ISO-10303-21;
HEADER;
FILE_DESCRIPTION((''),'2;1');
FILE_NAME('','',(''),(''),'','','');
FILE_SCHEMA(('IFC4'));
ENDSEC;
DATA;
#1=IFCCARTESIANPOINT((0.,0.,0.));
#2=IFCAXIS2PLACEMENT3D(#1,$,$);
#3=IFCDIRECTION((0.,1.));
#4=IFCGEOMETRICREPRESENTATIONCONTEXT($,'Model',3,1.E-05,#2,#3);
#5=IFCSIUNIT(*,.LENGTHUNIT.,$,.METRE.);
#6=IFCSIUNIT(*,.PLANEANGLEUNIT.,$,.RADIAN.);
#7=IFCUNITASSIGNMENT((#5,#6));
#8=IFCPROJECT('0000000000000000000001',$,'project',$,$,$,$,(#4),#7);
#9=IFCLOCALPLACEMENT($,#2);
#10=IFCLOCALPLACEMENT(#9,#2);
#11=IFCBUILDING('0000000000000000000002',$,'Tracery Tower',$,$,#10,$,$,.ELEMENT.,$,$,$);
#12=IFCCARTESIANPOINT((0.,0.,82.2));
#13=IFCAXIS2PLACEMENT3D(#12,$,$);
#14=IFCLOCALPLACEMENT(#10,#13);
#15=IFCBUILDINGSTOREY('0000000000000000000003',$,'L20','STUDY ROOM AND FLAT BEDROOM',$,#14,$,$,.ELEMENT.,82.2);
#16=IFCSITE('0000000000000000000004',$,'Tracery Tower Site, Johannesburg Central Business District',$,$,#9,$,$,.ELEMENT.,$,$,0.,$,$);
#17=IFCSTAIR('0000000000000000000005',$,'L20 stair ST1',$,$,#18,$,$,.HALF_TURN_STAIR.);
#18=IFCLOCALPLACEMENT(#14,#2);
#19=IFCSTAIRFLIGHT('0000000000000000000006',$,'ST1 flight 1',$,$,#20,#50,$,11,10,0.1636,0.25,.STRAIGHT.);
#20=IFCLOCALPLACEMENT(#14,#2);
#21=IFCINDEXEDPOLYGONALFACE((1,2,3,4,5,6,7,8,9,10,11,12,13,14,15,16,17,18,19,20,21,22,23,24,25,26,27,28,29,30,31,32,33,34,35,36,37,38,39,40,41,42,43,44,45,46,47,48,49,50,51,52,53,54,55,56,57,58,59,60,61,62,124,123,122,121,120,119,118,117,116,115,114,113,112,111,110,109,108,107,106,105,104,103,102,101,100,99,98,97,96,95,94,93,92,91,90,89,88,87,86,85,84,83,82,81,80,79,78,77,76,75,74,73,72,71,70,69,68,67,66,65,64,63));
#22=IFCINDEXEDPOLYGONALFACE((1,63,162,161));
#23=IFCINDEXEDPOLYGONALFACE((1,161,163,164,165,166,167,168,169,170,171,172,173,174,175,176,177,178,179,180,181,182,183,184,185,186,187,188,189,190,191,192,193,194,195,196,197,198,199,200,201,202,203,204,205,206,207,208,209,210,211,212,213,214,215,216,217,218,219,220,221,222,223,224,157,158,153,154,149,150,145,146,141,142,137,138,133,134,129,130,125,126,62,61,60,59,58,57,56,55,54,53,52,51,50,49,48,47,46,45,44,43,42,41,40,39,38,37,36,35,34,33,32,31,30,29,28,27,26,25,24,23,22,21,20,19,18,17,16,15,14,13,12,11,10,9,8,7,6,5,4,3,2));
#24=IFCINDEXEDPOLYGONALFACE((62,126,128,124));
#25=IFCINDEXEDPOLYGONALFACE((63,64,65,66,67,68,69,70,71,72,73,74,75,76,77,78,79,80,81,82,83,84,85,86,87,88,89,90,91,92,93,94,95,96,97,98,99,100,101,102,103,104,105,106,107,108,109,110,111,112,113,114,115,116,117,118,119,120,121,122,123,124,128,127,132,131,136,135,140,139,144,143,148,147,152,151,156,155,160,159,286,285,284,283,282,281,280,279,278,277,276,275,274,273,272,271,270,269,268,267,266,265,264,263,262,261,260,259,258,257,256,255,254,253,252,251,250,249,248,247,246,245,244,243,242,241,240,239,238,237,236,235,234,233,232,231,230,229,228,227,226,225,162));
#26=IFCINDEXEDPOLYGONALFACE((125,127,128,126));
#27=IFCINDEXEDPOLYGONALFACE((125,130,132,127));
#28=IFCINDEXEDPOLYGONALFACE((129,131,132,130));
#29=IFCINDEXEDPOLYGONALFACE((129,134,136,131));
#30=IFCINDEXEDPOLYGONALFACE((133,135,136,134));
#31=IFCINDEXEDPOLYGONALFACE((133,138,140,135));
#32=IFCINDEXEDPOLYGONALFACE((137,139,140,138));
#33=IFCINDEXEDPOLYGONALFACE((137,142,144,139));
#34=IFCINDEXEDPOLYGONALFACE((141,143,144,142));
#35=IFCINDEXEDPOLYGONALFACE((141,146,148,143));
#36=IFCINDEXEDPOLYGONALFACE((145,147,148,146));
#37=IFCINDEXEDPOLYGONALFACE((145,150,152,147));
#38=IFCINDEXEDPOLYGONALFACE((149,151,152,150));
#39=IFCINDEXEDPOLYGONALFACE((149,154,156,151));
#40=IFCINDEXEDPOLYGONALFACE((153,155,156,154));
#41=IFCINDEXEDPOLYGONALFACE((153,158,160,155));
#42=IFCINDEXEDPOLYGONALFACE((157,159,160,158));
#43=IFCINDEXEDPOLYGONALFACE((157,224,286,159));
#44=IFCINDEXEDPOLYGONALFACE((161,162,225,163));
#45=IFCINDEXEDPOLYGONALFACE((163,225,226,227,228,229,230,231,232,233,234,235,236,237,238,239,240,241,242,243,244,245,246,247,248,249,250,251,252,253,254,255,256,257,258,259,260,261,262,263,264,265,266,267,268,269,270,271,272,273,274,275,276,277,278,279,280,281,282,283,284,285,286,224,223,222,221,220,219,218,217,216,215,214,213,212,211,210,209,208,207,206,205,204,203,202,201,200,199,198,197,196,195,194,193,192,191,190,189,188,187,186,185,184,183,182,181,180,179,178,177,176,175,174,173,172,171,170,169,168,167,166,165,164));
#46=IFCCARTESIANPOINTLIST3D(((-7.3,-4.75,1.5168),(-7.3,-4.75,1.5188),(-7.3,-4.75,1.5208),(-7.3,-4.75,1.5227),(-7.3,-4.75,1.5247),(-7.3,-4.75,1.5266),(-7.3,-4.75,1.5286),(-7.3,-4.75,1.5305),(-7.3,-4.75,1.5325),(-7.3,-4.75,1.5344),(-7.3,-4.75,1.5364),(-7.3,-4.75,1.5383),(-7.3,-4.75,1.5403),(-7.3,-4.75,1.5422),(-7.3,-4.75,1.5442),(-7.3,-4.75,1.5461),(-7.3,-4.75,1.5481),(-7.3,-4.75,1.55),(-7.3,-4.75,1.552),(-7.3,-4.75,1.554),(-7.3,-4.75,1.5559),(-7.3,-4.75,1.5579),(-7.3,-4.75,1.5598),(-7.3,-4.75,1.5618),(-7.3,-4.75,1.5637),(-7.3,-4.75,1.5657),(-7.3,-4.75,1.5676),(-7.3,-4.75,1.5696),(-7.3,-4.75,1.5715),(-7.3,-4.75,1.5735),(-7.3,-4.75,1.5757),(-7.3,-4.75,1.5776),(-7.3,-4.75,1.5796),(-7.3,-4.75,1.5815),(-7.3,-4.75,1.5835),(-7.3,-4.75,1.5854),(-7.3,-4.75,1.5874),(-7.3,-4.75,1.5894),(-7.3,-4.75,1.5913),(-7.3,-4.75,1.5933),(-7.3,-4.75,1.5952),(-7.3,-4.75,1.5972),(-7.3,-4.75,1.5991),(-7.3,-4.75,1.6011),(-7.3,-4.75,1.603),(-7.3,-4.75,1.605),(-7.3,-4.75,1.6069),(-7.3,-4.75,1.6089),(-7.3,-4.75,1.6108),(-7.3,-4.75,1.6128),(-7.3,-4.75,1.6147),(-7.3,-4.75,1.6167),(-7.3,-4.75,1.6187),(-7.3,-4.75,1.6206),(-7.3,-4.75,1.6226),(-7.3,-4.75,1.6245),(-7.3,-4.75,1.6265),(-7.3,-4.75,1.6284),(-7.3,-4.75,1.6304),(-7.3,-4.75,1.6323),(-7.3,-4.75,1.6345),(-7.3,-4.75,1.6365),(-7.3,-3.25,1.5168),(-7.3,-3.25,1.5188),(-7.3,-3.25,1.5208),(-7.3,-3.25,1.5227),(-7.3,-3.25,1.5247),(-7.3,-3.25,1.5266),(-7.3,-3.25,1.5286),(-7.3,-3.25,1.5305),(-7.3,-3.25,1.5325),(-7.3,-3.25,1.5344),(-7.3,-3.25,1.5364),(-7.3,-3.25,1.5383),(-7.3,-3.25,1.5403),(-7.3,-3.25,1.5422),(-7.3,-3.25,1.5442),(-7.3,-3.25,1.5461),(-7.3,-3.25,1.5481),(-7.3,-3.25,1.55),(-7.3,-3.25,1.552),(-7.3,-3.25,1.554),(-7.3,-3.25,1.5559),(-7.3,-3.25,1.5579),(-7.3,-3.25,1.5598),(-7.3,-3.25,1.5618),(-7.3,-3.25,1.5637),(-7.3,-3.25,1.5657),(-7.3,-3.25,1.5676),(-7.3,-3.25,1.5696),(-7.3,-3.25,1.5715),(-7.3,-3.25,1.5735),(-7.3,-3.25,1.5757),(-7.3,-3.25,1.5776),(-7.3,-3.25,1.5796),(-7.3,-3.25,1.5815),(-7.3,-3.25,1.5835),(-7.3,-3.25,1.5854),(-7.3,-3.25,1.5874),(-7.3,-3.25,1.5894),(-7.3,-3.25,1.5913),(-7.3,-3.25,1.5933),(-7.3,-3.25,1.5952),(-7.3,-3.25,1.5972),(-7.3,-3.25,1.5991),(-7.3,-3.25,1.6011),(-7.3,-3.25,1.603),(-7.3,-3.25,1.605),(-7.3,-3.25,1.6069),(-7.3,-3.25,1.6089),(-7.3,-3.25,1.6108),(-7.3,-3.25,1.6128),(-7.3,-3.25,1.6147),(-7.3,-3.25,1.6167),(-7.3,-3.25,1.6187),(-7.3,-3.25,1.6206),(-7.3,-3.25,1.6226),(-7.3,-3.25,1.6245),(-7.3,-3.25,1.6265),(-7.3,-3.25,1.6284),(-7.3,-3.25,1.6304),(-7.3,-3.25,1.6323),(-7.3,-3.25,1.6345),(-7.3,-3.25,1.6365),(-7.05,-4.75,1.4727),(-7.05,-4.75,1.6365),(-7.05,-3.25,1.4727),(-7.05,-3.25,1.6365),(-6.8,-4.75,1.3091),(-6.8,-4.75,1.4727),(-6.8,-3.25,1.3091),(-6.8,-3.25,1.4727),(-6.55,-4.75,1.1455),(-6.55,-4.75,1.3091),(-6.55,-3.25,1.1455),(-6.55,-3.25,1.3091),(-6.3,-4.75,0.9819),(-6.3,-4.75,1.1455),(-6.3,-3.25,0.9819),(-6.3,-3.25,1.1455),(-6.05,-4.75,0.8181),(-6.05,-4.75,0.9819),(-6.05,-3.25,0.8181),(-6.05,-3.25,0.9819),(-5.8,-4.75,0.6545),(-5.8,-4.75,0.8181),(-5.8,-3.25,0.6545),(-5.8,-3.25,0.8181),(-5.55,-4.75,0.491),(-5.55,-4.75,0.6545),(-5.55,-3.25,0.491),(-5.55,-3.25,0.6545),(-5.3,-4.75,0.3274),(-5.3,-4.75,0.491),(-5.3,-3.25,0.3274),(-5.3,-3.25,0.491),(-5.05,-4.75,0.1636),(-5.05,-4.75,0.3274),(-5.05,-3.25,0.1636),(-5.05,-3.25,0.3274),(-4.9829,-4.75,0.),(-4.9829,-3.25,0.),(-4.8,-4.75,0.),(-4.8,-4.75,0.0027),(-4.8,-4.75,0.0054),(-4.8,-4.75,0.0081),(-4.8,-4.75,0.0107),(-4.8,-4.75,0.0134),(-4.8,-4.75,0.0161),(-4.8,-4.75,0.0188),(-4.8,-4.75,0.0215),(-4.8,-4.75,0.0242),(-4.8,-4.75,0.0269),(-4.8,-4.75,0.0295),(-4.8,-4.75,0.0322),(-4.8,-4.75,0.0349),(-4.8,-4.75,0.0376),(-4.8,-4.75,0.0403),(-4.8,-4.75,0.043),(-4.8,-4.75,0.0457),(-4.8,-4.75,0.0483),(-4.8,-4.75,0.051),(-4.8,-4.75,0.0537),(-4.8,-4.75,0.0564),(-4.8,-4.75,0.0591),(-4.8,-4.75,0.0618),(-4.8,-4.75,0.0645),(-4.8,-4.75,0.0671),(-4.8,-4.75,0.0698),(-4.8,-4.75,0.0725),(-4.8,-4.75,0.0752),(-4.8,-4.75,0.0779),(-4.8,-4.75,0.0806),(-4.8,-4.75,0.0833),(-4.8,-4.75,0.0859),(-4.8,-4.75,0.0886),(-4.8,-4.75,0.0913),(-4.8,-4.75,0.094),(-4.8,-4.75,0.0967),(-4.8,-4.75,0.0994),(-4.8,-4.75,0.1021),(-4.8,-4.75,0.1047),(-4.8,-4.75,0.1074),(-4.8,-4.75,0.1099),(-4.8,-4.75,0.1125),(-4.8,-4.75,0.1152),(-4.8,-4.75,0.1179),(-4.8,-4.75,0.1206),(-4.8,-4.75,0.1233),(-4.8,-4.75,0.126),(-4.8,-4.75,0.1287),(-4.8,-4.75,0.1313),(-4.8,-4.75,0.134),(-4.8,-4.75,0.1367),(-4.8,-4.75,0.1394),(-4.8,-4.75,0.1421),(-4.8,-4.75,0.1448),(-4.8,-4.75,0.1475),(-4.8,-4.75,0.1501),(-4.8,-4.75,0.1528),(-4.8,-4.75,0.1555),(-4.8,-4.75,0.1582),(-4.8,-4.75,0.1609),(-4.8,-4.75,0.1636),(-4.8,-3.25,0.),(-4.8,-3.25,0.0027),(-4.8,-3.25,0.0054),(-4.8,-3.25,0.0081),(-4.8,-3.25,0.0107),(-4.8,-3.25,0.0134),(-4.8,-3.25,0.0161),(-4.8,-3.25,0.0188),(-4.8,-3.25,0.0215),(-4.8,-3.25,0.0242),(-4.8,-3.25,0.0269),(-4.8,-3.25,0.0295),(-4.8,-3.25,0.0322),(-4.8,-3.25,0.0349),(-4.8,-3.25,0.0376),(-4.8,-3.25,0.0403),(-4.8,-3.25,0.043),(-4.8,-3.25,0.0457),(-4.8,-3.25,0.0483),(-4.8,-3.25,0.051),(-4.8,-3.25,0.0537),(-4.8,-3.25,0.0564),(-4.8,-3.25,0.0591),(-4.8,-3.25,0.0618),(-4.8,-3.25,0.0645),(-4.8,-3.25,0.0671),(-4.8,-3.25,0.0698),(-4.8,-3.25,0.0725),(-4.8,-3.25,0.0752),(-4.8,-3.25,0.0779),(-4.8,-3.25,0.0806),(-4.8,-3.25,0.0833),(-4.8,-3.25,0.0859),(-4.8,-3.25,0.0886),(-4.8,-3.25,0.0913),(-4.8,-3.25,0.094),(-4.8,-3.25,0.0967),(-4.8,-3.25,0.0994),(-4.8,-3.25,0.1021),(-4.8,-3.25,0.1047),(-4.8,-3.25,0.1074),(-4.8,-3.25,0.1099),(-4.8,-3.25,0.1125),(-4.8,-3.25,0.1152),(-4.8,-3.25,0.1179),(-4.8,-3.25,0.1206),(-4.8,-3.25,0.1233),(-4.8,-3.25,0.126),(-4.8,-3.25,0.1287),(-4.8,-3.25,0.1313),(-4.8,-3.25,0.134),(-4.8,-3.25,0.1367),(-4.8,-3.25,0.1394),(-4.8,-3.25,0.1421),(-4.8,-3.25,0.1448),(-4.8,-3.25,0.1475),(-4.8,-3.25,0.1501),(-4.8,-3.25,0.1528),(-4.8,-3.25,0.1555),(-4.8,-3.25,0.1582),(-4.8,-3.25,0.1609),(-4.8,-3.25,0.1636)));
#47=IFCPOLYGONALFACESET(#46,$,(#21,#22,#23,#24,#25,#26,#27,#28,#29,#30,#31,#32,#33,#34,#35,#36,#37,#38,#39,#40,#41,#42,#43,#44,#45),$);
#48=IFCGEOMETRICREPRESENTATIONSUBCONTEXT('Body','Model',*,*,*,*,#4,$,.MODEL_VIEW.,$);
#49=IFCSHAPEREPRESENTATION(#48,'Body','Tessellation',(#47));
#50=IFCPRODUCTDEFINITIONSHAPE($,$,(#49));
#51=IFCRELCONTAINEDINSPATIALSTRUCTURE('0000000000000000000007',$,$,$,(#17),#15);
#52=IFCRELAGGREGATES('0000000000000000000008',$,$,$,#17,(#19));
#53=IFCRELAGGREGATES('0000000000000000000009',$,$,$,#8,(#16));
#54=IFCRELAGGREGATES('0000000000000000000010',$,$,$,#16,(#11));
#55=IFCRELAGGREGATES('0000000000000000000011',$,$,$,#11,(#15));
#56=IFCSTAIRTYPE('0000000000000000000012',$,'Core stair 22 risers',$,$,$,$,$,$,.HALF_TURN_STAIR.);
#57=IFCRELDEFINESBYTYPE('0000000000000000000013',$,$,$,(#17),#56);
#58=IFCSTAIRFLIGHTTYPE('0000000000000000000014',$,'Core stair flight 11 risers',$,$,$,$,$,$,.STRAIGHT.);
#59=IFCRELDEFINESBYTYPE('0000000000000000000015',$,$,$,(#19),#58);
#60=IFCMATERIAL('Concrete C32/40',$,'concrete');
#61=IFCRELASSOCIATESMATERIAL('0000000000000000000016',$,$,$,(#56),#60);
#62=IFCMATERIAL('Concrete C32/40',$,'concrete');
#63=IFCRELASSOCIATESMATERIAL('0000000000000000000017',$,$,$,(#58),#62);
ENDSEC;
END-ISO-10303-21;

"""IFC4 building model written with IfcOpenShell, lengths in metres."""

from ifc_helpers import new_model, si_unit, direction, frame, origin, place, context, subcontext, project, spatial, polyline, outline, extrude, material, type_object, element, aggregate, save


model = new_model("IFC4")

# Units and contexts
model_context = context("Model", 3, precision=1e-05, world=origin(), true_north=direction((0.0, 1.0)))
body_context = subcontext(model_context, "Body", "Model", "MODEL_VIEW")
ifc_project = project(units=[si_unit("LENGTHUNIT", "METRE"), si_unit("PLANEANGLEUNIT", "RADIAN")], contexts=[model_context])

# Site, building, storey
site_placement = place(None, origin())
site = spatial("IfcSite", under=ifc_project, at=site_placement, Name="Tracery Tower Site, Johannesburg Central Business District", CompositionType="ELEMENT", RefElevation=0.0)
building_placement = place(site_placement, origin())
building = spatial("IfcBuilding", under=site, at=building_placement, Name="Tracery Tower", CompositionType="ELEMENT")
storey_placement = place(building_placement, frame((0.0, 0.0, 82.2)))
storey = spatial("IfcBuildingStorey", under=building, at=storey_placement, Name="L20", Description="STUDY ROOM AND FLAT BEDROOM", CompositionType="ELEMENT", Elevation=82.2)

# Stair, stair flight
ifc_material_1 = material(Name="Concrete C32/40", Category="concrete")
stair_type = type_object("IfcStairType", Name="Core stair 22 risers", PredefinedType="HALF_TURN_STAIR", material=ifc_material_1)
stair_placement = place(storey_placement, origin())
stair = element("IfcStair", 1, at=stair_placement, inside=storey, type_object=stair_type, Name="L20 stair ST1", PredefinedType="HALF_TURN_STAIR")
ifc_material_2 = material(Name="Concrete C32/40", Category="concrete")
stair_flight_type = type_object("IfcStairFlightType", Name="Core stair flight 11 risers", PredefinedType="STRAIGHT", material=ifc_material_2)
stair_flight_1_placement = place(storey_placement, frame((-4.8, -4.0, 0.0), z_axis=(0.0, 0.0, 1.0), x_axis=(-1.0, 0.0, 0.0)))
stair_flight_1 = element("IfcStairFlight", 2, at=stair_flight_1_placement, type_object=stair_flight_type, Name="ST1 flight 1", NumberOfRisers=11, NumberOfTreads=10, PredefinedType="STRAIGHT", RiserHeight=0.1636, TreadLength=0.25, context=body_context, shape_type="SweptSolid", body=[
    extrude(outline(polyline([(0.0, 0.0), (0.0, 0.0027), (0.0, 0.0054), (0.0, 0.0081), (0.0, 0.0107), (0.0, 0.0134), (0.0, 0.0161), (0.0, 0.0188), (0.0, 0.0215), (0.0, 0.0242), (0.0, 0.0269), (0.0, 0.0295), (0.0, 0.0322), (0.0, 0.0349), (0.0, 0.0376), (0.0, 0.0403), (0.0, 0.043), (0.0, 0.0457), (0.0, 0.0483), (0.0, 0.051), (0.0, 0.0537), (0.0, 0.0564), (0.0, 0.0591), (0.0, 0.0618), (0.0, 0.0645), (0.0, 0.0671), (0.0, 0.0698), (0.0, 0.0725), (0.0, 0.0752), (0.0, 0.0779), (0.0, 0.0806), (0.0, 0.0833), (0.0, 0.0859), (0.0, 0.0886), (0.0, 0.0913), (0.0, 0.094), (0.0, 0.0967), (0.0, 0.0994), (0.0, 0.1021), (0.0, 0.1047), (0.0, 0.1074), (0.0, 0.1099), (0.0, 0.1125), (0.0, 0.1152), (0.0, 0.1179), (0.0, 0.1206), (0.0, 0.1233), (0.0, 0.126), (0.0, 0.1287), (0.0, 0.1313), (0.0, 0.134), (0.0, 0.1367), (0.0, 0.1394), (0.0, 0.1421), (0.0, 0.1448), (0.0, 0.1475), (0.0, 0.1501), (0.0, 0.1528), (0.0, 0.1555), (0.0, 0.1582), (0.0, 0.1609), (0.0, 0.1636), (0.25, 0.1636), (0.25, 0.3274), (0.5, 0.3274), (0.5, 0.491), (0.75, 0.491), (0.75, 0.6545), (1.0, 0.6545), (1.0, 0.8181), (1.25, 0.8181), (1.25, 0.9819), (1.5, 0.9819), (1.5, 1.1455), (1.75, 1.1455), (1.75, 1.3091), (2.0, 1.3091), (2.0, 1.4727), (2.25, 1.4727), (2.25, 1.6365), (2.5, 1.6365), (2.5, 1.6345), (2.5, 1.6323), (2.5, 1.6304), (2.5, 1.6284), (2.5, 1.6265), (2.5, 1.6245), (2.5, 1.6226), (2.5, 1.6206), (2.5, 1.6187), (2.5, 1.6167), (2.5, 1.6147), (2.5, 1.6128), (2.5, 1.6108), (2.5, 1.6089), (2.5, 1.6069), (2.5, 1.605), (2.5, 1.603), (2.5, 1.6011), (2.5, 1.5991), (2.5, 1.5972), (2.5, 1.5952), (2.5, 1.5933), (2.5, 1.5913), (2.5, 1.5894), (2.5, 1.5874), (2.5, 1.5854), (2.5, 1.5835), (2.5, 1.5815), (2.5, 1.5796), (2.5, 1.5776), (2.5, 1.5757), (2.5, 1.5735), (2.5, 1.5715), (2.5, 1.5696), (2.5, 1.5676), (2.5, 1.5657), (2.5, 1.5637), (2.5, 1.5618), (2.5, 1.5598), (2.5, 1.5579), (2.5, 1.5559), (2.5, 1.554), (2.5, 1.552), (2.5, 1.55), (2.5, 1.5481), (2.5, 1.5461), (2.5, 1.5442), (2.5, 1.5422), (2.5, 1.5403), (2.5, 1.5383), (2.5, 1.5364), (2.5, 1.5344), (2.5, 1.5325), (2.5, 1.5305), (2.5, 1.5286), (2.5, 1.5266), (2.5, 1.5247), (2.5, 1.5227), (2.5, 1.5208), (2.5, 1.5188), (2.5, 1.5168), (0.1829, 0.0), (0.0, 0.0)])), frame((0.0, 0.75, 0.0), z_axis=(0.0, -1.0, 0.0), x_axis=(1.0, 0.0, 0.0)), (0.0, 0.0, 1.0), 1.5),
])
aggregate(stair, [stair_flight_1])

save(model, "model.ifc")
